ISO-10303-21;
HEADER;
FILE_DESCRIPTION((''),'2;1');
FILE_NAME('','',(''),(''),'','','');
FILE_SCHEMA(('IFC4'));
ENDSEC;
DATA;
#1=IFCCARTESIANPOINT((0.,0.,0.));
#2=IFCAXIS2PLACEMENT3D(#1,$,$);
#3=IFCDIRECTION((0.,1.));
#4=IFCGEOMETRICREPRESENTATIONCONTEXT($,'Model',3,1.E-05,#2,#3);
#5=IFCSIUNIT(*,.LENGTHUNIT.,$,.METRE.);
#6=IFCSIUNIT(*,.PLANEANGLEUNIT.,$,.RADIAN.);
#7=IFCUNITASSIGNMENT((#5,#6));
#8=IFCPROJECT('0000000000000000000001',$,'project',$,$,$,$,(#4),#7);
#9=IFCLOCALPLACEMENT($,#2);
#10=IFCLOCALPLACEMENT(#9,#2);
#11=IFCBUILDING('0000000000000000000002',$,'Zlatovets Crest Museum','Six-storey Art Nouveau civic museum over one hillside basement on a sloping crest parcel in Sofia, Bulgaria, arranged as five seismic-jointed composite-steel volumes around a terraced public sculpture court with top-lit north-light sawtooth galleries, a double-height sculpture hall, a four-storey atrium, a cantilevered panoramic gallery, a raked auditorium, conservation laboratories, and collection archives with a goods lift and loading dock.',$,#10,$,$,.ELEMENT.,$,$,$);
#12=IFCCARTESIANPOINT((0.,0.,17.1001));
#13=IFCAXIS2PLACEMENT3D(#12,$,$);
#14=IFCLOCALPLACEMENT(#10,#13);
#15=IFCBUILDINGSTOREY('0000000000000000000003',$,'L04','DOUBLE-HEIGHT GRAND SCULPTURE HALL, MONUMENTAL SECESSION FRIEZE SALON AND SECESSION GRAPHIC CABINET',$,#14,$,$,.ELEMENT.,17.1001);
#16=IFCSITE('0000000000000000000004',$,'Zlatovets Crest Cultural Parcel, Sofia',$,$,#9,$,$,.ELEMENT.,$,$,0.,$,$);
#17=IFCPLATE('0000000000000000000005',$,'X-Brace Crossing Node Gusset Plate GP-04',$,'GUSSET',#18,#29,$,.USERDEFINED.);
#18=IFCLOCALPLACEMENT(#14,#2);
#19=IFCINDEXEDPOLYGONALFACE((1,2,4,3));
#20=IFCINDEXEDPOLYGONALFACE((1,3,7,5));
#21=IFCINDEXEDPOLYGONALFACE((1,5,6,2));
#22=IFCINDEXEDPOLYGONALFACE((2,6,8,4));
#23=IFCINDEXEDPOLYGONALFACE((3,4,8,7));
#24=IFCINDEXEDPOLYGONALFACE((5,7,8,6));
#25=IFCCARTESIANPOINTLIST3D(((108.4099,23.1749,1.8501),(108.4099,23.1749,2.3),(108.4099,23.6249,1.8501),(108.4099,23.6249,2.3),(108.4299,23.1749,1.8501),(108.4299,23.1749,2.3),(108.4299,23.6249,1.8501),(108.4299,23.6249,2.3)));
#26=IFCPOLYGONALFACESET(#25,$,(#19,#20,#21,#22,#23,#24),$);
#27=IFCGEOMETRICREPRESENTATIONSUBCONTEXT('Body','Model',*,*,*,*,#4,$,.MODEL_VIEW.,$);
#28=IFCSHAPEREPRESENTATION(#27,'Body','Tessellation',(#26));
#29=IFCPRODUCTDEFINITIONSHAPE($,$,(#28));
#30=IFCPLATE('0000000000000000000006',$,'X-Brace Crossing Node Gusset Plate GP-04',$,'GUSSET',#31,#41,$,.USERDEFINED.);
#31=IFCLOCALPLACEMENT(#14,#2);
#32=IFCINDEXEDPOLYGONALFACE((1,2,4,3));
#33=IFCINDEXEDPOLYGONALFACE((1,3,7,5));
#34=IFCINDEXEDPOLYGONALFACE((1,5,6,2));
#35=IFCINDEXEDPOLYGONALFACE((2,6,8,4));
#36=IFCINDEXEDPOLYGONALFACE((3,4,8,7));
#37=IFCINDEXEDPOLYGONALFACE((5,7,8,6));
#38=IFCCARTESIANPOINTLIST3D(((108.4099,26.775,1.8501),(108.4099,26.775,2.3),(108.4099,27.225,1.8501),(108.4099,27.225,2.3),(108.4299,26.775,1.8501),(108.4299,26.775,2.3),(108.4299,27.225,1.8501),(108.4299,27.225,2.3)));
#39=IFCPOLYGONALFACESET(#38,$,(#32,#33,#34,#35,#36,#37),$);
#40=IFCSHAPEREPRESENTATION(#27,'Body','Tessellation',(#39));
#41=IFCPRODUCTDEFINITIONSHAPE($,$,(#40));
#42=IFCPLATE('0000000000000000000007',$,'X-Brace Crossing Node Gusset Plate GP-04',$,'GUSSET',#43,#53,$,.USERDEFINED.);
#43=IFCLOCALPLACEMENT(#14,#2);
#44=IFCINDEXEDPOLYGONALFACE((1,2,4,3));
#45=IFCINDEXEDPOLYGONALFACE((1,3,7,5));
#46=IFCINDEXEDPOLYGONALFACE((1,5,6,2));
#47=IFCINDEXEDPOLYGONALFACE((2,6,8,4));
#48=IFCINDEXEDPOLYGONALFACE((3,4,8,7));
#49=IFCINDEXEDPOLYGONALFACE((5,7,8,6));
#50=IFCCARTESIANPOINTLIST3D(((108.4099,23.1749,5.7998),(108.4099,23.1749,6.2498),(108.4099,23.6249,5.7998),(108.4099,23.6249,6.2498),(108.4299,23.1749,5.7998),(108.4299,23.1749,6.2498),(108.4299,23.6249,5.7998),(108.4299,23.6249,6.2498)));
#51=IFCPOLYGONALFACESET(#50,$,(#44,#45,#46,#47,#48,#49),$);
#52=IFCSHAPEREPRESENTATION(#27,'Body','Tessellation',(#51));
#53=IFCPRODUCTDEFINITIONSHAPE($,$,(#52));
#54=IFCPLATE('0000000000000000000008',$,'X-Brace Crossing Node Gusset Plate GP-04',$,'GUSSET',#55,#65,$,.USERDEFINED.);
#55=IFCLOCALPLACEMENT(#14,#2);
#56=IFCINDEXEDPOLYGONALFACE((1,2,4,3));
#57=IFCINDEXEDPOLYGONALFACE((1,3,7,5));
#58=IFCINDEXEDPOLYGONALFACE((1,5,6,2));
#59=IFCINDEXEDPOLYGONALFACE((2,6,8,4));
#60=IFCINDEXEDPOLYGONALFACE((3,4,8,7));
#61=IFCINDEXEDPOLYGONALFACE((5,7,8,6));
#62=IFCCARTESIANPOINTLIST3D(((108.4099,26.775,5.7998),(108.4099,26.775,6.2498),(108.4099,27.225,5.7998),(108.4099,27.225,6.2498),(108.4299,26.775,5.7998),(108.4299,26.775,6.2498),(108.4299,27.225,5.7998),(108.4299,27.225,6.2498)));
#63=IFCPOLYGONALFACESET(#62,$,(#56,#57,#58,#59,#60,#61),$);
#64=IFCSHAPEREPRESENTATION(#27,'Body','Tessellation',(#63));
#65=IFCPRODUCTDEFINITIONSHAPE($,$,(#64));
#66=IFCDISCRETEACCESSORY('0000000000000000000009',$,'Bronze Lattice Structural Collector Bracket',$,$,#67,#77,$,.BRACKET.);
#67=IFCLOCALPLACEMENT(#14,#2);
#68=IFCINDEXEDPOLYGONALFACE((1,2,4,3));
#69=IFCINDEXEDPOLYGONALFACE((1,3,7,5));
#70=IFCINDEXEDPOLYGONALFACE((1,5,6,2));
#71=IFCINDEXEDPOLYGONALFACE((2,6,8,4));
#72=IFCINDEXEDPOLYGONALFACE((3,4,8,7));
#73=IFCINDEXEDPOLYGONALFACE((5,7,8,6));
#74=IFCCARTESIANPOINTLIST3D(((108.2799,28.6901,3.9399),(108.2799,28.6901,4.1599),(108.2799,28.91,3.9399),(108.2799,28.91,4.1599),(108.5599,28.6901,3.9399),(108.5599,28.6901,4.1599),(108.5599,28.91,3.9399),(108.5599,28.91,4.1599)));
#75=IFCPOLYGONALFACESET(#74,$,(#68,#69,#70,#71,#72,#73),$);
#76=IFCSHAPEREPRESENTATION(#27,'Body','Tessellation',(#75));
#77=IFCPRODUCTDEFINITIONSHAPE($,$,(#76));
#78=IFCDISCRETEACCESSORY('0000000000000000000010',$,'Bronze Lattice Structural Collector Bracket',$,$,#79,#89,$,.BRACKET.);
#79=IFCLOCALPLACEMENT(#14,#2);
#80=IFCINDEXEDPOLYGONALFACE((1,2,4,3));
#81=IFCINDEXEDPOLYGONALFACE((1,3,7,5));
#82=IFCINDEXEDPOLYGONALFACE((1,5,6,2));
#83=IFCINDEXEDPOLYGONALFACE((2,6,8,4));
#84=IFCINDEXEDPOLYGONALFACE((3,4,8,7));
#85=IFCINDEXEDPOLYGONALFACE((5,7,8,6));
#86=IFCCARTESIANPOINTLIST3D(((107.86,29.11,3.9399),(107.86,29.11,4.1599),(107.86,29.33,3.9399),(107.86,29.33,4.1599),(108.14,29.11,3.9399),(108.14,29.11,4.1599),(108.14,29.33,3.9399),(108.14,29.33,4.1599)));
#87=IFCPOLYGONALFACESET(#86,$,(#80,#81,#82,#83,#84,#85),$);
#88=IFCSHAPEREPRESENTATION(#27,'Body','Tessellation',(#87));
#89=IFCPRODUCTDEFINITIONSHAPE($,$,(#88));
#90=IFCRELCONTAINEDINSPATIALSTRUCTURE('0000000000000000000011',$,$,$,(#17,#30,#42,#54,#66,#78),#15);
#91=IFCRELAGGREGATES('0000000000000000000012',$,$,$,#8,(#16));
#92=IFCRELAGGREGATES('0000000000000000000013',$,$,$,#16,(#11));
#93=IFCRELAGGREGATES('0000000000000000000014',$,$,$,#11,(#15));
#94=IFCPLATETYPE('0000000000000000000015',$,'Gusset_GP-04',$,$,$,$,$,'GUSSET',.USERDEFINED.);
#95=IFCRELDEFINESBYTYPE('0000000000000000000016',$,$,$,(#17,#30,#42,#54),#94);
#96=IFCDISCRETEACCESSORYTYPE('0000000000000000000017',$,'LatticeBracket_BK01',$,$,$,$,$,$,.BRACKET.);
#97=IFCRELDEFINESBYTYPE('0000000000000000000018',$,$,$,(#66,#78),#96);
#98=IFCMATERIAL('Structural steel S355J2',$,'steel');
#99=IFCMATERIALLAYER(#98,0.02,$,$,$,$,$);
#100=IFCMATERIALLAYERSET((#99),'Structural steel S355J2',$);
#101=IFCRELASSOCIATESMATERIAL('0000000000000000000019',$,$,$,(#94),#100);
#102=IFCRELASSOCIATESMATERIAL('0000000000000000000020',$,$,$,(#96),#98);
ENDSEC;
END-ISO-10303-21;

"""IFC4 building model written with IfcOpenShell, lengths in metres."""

from ifc_helpers import new_model, si_unit, direction, frame, origin, origin_2d, place, context, subcontext, project, spatial, rectangle, extrude, material, layer, layer_set, type_object, element, save


model = new_model("IFC4")

# Units and contexts
model_context = context("Model", 3, precision=1e-05, world=origin(), true_north=direction((0.0, 1.0)))
body_context = subcontext(model_context, "Body", "Model", "MODEL_VIEW")
ifc_project = project(units=[si_unit("LENGTHUNIT", "METRE"), si_unit("PLANEANGLEUNIT", "RADIAN")], contexts=[model_context])

# Site, building, storey
site_placement = place(None, origin())
site = spatial("IfcSite", under=ifc_project, at=site_placement, Name="Zlatovets Crest Cultural Parcel, Sofia", CompositionType="ELEMENT", RefElevation=0.0)
building_placement = place(site_placement, origin())
building = spatial("IfcBuilding", under=site, at=building_placement, Name="Zlatovets Crest Museum", Description="Six-storey Art Nouveau civic museum over one hillside basement on a sloping crest parcel in Sofia, Bulgaria, arranged as five seismic-jointed composite-steel volumes around a terraced public sculpture court with top-lit north-light sawtooth galleries, a double-height sculpture hall, a four-storey atrium, a cantilevered panoramic gallery, a raked auditorium, conservation laboratories, and collection archives with a goods lift and loading dock.", CompositionType="ELEMENT")
storey_placement = place(building_placement, frame((0.0, 0.0, 17.1001)))
storey = spatial("IfcBuildingStorey", under=building, at=storey_placement, Name="L04", Description="DOUBLE-HEIGHT GRAND SCULPTURE HALL, MONUMENTAL SECESSION FRIEZE SALON AND SECESSION GRAPHIC CABINET", CompositionType="ELEMENT", Elevation=17.1001)

# Shared definitions
ifc_material_1 = material(Name="Structural steel S355J2", Category="steel")

# Plates
ifc_layer_1 = layer(ifc_material_1, 0.02)
ifc_layer_set_1 = layer_set([ifc_layer_1], Name="Structural steel S355J2")
plate_type_1 = type_object("IfcPlateType", Name="Gusset_GP-04", ElementType="GUSSET", PredefinedType="USERDEFINED", material=ifc_layer_set_1)
for number, where, z_axis, x_axis, name in (
    (1, (108.4199, 23.3999, 1.8501), (0.0, 0.0, 1.0), (1.0, 0.0, 0.0), "X-Brace Crossing Node Gusset Plate GP-04"),
    (2, (108.4199, 27.0, 1.8501), (0.0, 0.0, 1.0), (1.0, 0.0, 0.0), "X-Brace Crossing Node Gusset Plate GP-04"),
    (3, (108.4199, 23.3999, 5.7998), (0.0, 0.0, 1.0), (1.0, 0.0, 0.0), "X-Brace Crossing Node Gusset Plate GP-04"),
    (4, (108.4199, 27.0, 5.7998), (0.0, 0.0, 1.0), (1.0, 0.0, 0.0), "X-Brace Crossing Node Gusset Plate GP-04"),
):
    element("IfcPlate", number, at=place(storey_placement, frame(where, z_axis=z_axis, x_axis=x_axis)), inside=storey, type_object=plate_type_1, Name=name, ObjectType="GUSSET", PredefinedType="USERDEFINED", context=body_context, shape_type="SweptSolid", body=[
        extrude(rectangle(XDim=0.02, YDim=0.45, at=origin_2d()), origin(), (0.0, 0.0, 1.0), 0.45),
    ])

# Discrete accessories
discrete_accessory_type = type_object("IfcDiscreteAccessoryType", Name="LatticeBracket_BK01", PredefinedType="BRACKET", material=ifc_material_1)
for number, where, z_axis, x_axis, name in (
    (5, (108.4199, 28.8, 3.9399), (0.0, 0.0, 1.0), (1.0, 0.0, 0.0), "Bronze Lattice Structural Collector Bracket"),
    (6, (108.0, 29.22, 3.9399), (0.0, 0.0, 1.0), (1.0, 0.0, 0.0), "Bronze Lattice Structural Collector Bracket"),
):
    element("IfcDiscreteAccessory", number, at=place(storey_placement, frame(where, z_axis=z_axis, x_axis=x_axis)), inside=storey, type_object=discrete_accessory_type, Name=name, PredefinedType="BRACKET", context=body_context, shape_type="SweptSolid", body=[
        extrude(rectangle(XDim=0.28, YDim=0.22, at=origin_2d()), origin(), (0.0, 0.0, 1.0), 0.22),
    ])

save(model, "model.ifc")
